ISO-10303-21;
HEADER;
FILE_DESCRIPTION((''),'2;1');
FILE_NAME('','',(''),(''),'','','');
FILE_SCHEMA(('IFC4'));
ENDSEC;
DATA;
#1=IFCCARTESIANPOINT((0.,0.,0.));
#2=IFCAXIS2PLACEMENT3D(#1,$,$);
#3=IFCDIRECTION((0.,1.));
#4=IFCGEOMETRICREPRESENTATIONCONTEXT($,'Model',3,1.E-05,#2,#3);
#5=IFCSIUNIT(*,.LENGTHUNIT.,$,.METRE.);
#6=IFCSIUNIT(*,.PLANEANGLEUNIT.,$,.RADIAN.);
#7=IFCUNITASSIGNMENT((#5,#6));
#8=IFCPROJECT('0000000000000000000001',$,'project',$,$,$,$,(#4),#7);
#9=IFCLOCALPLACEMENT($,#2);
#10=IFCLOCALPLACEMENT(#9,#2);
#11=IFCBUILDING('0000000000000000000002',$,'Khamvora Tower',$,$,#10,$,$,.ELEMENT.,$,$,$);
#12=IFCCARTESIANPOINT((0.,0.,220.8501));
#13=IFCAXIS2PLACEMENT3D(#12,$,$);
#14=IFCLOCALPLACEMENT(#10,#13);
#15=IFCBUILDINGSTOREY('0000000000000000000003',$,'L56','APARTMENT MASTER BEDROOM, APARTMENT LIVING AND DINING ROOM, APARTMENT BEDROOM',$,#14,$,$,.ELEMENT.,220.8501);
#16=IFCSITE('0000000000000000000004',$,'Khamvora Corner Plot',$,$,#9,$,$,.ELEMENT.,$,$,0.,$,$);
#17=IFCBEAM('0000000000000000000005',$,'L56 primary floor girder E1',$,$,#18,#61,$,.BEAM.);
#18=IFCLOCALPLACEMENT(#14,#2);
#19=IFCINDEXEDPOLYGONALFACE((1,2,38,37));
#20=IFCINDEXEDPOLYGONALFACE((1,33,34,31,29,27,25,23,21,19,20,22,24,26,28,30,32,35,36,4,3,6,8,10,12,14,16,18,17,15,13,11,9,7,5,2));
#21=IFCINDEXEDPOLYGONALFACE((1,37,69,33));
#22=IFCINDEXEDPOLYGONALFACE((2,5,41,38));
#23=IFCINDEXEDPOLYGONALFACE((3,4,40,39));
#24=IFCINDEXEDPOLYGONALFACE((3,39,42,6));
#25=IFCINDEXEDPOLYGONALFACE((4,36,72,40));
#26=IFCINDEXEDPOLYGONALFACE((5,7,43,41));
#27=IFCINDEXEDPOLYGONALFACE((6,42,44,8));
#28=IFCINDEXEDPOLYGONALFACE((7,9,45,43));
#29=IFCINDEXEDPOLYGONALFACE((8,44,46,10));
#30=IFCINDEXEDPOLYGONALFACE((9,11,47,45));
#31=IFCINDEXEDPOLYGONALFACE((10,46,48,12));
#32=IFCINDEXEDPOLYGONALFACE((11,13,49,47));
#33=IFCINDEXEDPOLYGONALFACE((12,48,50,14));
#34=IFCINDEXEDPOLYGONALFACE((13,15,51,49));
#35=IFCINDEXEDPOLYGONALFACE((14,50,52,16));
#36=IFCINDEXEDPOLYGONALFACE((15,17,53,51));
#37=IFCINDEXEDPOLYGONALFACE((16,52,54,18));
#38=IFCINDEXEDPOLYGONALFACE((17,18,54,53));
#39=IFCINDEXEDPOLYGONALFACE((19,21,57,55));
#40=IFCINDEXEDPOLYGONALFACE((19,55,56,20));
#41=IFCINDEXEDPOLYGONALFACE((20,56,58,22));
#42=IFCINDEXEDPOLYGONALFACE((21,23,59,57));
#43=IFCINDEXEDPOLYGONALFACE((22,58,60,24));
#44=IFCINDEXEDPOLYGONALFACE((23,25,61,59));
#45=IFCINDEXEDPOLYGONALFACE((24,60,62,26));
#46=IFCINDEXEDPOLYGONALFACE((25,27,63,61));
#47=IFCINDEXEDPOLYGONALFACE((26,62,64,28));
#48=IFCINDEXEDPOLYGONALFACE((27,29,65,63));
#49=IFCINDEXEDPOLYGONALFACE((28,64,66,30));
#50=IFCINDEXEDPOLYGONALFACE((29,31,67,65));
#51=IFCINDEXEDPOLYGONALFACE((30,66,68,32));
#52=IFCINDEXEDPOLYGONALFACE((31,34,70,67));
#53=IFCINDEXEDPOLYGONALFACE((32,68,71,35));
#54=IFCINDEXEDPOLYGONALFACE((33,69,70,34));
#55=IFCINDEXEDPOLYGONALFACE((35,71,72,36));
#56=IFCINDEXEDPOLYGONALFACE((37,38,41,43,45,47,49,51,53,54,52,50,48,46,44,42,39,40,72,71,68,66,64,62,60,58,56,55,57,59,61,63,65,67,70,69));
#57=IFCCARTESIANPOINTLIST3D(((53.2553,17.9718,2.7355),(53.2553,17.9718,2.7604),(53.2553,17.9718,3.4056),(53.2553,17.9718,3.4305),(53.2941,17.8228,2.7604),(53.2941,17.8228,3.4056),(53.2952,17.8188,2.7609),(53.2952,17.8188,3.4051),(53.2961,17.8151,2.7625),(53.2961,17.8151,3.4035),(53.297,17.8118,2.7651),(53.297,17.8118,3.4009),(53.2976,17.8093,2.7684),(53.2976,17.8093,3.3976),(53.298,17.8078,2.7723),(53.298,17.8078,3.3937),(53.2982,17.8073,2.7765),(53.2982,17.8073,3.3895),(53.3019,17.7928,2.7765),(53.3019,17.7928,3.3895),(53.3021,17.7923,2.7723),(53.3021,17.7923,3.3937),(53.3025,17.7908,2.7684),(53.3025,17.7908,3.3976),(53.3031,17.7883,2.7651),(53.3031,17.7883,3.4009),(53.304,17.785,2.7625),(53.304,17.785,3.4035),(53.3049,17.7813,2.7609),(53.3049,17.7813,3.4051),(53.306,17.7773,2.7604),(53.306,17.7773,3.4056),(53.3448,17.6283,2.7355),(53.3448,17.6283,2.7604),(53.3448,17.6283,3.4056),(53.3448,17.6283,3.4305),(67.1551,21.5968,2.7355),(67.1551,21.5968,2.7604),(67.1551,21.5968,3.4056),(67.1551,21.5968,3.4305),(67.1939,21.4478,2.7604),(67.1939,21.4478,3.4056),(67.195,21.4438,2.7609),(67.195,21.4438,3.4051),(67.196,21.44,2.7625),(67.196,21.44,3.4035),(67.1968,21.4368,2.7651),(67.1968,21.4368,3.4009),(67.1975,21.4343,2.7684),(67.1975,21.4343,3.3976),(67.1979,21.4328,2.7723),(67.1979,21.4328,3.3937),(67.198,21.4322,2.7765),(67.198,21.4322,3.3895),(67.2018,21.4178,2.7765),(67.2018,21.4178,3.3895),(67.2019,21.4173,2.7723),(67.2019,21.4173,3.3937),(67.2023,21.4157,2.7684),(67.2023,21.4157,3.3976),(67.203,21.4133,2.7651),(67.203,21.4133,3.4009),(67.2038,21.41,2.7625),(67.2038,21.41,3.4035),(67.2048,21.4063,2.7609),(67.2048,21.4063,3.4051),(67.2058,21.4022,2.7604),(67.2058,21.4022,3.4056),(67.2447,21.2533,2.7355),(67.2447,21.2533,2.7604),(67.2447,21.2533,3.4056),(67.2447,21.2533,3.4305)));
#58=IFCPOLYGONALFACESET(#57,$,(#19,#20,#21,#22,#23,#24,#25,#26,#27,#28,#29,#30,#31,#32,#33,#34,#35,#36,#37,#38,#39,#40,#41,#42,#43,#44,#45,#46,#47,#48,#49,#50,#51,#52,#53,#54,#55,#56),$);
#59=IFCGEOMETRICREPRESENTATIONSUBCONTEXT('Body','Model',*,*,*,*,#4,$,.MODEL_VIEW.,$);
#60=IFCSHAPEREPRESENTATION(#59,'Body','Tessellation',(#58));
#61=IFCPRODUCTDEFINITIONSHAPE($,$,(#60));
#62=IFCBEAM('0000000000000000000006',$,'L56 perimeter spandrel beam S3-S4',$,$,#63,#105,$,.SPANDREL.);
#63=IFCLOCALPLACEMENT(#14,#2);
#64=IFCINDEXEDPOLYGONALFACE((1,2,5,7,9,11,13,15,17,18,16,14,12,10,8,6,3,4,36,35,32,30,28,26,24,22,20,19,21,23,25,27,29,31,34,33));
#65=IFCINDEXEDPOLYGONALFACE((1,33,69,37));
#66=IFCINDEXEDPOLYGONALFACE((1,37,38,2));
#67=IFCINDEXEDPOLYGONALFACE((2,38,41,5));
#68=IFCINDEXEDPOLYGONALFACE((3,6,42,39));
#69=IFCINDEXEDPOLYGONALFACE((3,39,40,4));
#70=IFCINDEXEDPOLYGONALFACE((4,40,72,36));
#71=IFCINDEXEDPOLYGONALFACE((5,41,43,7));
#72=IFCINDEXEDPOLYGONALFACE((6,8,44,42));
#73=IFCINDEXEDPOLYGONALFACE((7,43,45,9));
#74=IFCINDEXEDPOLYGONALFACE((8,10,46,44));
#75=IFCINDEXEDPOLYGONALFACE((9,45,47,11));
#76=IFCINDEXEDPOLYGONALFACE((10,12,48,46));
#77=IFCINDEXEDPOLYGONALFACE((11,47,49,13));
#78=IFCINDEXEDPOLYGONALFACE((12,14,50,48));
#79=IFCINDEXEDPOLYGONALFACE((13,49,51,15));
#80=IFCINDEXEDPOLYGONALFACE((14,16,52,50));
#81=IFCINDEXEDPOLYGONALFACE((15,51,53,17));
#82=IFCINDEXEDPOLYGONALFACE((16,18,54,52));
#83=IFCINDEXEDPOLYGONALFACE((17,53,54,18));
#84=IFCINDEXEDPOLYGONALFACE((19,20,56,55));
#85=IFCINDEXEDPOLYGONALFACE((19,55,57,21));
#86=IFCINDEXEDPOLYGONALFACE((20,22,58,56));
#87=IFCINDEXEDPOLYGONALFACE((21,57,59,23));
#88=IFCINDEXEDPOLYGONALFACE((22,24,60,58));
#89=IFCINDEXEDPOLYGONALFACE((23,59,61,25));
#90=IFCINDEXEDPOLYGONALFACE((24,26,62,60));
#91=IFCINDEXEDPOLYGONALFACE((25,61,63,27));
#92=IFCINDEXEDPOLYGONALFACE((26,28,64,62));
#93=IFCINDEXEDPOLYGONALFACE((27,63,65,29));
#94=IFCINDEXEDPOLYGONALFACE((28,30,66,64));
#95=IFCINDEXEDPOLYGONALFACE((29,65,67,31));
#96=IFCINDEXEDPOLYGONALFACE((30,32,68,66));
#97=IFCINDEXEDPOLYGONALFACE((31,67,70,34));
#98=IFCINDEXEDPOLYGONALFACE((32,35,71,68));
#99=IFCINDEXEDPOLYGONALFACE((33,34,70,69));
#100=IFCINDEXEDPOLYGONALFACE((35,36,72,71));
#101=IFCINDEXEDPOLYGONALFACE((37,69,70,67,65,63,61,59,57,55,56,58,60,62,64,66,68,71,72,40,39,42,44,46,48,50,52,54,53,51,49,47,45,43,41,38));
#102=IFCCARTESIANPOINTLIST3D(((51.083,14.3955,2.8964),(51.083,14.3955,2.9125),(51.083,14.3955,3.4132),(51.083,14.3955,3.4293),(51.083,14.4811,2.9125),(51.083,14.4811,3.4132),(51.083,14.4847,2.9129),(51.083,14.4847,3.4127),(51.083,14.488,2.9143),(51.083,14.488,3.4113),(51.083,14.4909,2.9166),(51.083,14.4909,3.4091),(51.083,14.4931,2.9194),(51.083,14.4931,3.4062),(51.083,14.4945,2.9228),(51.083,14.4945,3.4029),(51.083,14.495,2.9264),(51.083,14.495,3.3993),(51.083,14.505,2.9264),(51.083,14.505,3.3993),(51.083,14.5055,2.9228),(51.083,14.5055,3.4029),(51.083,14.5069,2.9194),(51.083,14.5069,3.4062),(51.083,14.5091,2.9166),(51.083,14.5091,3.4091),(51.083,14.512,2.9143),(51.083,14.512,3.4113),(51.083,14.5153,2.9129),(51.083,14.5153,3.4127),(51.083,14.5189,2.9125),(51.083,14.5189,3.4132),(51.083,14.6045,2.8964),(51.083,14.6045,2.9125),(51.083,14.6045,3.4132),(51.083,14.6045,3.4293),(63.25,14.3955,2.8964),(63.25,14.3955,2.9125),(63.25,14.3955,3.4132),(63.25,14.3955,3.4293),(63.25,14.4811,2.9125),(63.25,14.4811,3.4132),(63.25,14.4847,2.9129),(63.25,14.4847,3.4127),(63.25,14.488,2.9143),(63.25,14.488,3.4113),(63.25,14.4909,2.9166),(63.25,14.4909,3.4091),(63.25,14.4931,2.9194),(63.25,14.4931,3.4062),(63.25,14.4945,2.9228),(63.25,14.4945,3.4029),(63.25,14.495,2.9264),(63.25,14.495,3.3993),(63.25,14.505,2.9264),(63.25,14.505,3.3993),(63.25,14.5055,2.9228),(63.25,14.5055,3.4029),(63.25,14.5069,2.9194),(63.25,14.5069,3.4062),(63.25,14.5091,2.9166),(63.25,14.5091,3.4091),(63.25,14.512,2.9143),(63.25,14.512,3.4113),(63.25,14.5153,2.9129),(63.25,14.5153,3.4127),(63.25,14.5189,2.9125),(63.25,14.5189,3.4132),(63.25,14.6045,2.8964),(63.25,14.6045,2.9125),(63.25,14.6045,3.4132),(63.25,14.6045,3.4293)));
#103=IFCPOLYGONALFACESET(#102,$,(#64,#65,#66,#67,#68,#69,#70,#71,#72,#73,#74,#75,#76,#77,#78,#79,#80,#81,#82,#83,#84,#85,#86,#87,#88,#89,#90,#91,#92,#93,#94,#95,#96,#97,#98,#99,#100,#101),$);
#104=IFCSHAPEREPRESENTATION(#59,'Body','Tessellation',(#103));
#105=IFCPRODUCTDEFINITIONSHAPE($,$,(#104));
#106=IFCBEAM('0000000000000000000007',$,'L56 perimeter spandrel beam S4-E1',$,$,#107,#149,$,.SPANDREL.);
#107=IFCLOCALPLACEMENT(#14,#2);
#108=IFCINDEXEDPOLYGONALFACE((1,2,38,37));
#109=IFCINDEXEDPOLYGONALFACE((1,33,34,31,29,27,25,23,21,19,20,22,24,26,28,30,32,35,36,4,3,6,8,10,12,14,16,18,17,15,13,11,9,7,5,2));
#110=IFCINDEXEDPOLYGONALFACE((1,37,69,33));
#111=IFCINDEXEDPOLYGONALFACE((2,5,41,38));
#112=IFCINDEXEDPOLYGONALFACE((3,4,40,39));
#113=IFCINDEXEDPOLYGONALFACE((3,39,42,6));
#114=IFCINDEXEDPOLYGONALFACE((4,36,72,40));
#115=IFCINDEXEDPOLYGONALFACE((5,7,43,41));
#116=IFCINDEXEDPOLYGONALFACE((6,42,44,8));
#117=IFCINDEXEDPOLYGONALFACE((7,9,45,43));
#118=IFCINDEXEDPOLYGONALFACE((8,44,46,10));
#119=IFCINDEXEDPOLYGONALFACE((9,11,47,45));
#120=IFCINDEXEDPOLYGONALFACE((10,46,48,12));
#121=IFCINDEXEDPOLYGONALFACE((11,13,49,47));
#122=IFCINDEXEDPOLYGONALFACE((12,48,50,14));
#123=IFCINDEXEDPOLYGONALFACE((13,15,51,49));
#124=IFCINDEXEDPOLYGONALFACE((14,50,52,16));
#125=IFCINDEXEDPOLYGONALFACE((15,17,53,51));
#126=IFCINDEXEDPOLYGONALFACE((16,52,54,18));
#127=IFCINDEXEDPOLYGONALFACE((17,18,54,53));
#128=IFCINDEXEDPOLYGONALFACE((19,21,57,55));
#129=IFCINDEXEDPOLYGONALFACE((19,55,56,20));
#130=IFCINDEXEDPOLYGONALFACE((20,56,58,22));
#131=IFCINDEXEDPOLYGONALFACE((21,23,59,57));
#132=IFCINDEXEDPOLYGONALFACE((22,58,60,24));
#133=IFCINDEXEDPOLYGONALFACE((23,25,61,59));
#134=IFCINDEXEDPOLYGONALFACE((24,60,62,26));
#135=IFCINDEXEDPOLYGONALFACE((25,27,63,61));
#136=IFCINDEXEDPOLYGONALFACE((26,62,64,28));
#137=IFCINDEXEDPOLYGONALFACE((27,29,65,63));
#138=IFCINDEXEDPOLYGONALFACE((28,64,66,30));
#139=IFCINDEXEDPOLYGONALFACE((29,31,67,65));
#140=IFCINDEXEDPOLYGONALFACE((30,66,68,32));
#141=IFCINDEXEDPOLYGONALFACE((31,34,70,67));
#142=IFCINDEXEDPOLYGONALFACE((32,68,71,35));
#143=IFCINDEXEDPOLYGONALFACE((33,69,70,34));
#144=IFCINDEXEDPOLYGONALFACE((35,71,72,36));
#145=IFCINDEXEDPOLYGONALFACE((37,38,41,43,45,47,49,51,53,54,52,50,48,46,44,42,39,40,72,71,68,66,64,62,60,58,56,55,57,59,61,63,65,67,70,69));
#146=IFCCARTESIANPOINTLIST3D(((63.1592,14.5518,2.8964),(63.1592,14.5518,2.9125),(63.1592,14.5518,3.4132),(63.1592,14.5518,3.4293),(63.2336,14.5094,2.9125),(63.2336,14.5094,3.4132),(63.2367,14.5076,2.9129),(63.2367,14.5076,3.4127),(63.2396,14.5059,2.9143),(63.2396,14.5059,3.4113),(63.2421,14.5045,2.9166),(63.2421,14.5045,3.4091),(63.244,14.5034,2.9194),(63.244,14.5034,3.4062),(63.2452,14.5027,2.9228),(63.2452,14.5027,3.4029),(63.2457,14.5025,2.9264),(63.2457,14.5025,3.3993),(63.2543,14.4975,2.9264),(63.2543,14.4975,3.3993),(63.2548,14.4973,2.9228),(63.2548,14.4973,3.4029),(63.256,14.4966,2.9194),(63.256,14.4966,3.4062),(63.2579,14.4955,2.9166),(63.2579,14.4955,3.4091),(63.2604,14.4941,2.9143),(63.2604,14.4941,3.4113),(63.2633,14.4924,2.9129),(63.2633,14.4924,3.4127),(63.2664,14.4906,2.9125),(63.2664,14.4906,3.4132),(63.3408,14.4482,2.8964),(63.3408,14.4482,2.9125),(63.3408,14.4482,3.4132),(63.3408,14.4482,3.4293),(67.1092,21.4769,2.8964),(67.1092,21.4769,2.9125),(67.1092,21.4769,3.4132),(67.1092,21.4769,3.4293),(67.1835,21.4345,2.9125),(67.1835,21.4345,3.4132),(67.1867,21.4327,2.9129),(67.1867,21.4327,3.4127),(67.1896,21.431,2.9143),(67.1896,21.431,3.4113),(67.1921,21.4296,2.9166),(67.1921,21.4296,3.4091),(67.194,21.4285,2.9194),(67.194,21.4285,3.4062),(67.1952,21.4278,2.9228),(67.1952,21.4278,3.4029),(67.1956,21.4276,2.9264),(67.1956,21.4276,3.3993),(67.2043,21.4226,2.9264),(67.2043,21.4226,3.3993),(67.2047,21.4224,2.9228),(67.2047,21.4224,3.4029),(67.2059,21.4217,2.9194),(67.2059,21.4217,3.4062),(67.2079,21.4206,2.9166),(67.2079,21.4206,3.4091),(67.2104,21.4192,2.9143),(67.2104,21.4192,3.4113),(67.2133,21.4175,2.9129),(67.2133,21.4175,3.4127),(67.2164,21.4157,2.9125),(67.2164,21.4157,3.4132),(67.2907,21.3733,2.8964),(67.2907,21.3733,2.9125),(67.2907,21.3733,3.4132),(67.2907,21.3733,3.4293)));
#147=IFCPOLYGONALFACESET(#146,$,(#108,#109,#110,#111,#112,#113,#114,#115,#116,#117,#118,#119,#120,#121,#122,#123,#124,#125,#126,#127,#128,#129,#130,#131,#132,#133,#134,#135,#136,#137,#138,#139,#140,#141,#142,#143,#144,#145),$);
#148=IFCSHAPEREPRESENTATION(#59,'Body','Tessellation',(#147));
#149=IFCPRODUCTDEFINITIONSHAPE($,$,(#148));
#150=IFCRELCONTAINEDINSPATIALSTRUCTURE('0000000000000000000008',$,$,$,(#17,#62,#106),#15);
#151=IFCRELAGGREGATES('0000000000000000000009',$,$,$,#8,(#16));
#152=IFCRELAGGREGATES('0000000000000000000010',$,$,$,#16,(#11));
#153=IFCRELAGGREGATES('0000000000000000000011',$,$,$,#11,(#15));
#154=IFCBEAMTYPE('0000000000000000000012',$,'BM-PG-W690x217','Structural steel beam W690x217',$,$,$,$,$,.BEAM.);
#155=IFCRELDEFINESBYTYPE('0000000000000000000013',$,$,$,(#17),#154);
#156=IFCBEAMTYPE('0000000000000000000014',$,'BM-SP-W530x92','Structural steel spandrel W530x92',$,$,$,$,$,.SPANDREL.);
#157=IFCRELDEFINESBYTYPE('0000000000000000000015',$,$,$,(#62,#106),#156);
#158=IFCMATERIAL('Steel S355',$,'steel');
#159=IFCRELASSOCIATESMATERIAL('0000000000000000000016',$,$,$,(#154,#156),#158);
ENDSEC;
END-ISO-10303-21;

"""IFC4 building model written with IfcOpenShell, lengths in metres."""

from ifc_helpers import new_model, si_unit, direction, frame, origin, origin_2d, place, context, subcontext, project, spatial, i_section, extrude, material, material_profile, profile_set, type_object, element, save


model = new_model("IFC4")

# Units and contexts
model_context = context("Model", 3, precision=1e-05, world=origin(), true_north=direction((0.0, 1.0)))
body_context = subcontext(model_context, "Body", "Model", "MODEL_VIEW")
ifc_project = project(units=[si_unit("LENGTHUNIT", "METRE"), si_unit("PLANEANGLEUNIT", "RADIAN")], contexts=[model_context])

# Site, building, storey
site_placement = place(None, origin())
site = spatial("IfcSite", under=ifc_project, at=site_placement, Name="Khamvora Corner Plot", CompositionType="ELEMENT", RefElevation=0.0)
building_placement = place(site_placement, origin())
building = spatial("IfcBuilding", under=site, at=building_placement, Name="Khamvora Tower", CompositionType="ELEMENT")
storey_placement = place(building_placement, frame((0.0, 0.0, 220.8501)))
storey = spatial("IfcBuildingStorey", under=building, at=storey_placement, Name="L56", Description="APARTMENT MASTER BEDROOM, APARTMENT LIVING AND DINING ROOM, APARTMENT BEDROOM", CompositionType="ELEMENT", Elevation=220.8501)

# Shared definitions
ifc_material_1 = material(Name="Steel S355", Category="steel")

# Beams
ifc_material_profile_1 = material_profile(ifc_material_1, i_section(OverallWidth=0.355, OverallDepth=0.6951, WebThickness=0.0149, FlangeThickness=0.0249, FilletRadius=0.0161, at=origin_2d()), Name="W690x217")
ifc_profile_set_1 = profile_set([ifc_material_profile_1], Name="Steel S355")
beam_type_1 = type_object("IfcBeamType", Name="BM-PG-W690x217", Description="Structural steel beam W690x217", PredefinedType="BEAM", material=ifc_profile_set_1)
beam_1_placement = place(storey_placement, frame((53.3, 17.8, 3.083), z_axis=(0.967635, 0.252353, 0.0), x_axis=(-0.252353, 0.967635, 0.0)))
element("IfcBeam", 1, at=beam_1_placement, inside=storey, type_object=beam_type_1, Name="L56 primary floor girder E1", PredefinedType="BEAM", context=body_context, shape_type="SweptSolid", body=[
    extrude(i_section(OverallWidth=0.355, OverallDepth=0.6951, WebThickness=0.0149, FlangeThickness=0.0249, FilletRadius=0.0161, at=origin_2d()), origin(), (0.0, 0.0, 1.0), 14.3647),
])
ifc_material_profile_2 = material_profile(ifc_material_1, i_section(OverallWidth=0.209, OverallDepth=0.533, WebThickness=0.01, FlangeThickness=0.0161, FilletRadius=0.0139, at=origin_2d()), Name="W530x92")
ifc_profile_set_2 = profile_set([ifc_material_profile_2], Name="Steel S355")
beam_type_2 = type_object("IfcBeamType", Name="BM-SP-W530x92", Description="Structural steel spandrel W530x92", PredefinedType="SPANDREL", material=ifc_profile_set_2)
beam_2_placement = place(storey_placement, frame((51.083, 14.5, 3.1628), z_axis=(1.0, 0.0, 0.0), x_axis=(0.0, 1.0, 0.0)))
element("IfcBeam", 2, at=beam_2_placement, inside=storey, type_object=beam_type_2, Name="L56 perimeter spandrel beam S3-S4", PredefinedType="SPANDREL", context=body_context, shape_type="SweptSolid", body=[
    extrude(i_section(OverallWidth=0.209, OverallDepth=0.533, WebThickness=0.01, FlangeThickness=0.0161, FilletRadius=0.0139, at=origin_2d()), origin(), (0.0, 0.0, 1.0), 12.167),
])
beam_3_placement = place(storey_placement, frame((63.25, 14.5, 3.1628), z_axis=(0.495456, 0.868633, 0.0), x_axis=(-0.868633, 0.495456, 0.0)))
element("IfcBeam", 3, at=beam_3_placement, inside=storey, type_object=beam_type_2, Name="L56 perimeter spandrel beam S4-E1", PredefinedType="SPANDREL", context=body_context, shape_type="SweptSolid", body=[
    extrude(i_section(OverallWidth=0.209, OverallDepth=0.533, WebThickness=0.01, FlangeThickness=0.0161, FilletRadius=0.0139, at=origin_2d()), origin(), (0.0, 0.0, 1.0), 7.9724),
])

save(model, "model.ifc")
